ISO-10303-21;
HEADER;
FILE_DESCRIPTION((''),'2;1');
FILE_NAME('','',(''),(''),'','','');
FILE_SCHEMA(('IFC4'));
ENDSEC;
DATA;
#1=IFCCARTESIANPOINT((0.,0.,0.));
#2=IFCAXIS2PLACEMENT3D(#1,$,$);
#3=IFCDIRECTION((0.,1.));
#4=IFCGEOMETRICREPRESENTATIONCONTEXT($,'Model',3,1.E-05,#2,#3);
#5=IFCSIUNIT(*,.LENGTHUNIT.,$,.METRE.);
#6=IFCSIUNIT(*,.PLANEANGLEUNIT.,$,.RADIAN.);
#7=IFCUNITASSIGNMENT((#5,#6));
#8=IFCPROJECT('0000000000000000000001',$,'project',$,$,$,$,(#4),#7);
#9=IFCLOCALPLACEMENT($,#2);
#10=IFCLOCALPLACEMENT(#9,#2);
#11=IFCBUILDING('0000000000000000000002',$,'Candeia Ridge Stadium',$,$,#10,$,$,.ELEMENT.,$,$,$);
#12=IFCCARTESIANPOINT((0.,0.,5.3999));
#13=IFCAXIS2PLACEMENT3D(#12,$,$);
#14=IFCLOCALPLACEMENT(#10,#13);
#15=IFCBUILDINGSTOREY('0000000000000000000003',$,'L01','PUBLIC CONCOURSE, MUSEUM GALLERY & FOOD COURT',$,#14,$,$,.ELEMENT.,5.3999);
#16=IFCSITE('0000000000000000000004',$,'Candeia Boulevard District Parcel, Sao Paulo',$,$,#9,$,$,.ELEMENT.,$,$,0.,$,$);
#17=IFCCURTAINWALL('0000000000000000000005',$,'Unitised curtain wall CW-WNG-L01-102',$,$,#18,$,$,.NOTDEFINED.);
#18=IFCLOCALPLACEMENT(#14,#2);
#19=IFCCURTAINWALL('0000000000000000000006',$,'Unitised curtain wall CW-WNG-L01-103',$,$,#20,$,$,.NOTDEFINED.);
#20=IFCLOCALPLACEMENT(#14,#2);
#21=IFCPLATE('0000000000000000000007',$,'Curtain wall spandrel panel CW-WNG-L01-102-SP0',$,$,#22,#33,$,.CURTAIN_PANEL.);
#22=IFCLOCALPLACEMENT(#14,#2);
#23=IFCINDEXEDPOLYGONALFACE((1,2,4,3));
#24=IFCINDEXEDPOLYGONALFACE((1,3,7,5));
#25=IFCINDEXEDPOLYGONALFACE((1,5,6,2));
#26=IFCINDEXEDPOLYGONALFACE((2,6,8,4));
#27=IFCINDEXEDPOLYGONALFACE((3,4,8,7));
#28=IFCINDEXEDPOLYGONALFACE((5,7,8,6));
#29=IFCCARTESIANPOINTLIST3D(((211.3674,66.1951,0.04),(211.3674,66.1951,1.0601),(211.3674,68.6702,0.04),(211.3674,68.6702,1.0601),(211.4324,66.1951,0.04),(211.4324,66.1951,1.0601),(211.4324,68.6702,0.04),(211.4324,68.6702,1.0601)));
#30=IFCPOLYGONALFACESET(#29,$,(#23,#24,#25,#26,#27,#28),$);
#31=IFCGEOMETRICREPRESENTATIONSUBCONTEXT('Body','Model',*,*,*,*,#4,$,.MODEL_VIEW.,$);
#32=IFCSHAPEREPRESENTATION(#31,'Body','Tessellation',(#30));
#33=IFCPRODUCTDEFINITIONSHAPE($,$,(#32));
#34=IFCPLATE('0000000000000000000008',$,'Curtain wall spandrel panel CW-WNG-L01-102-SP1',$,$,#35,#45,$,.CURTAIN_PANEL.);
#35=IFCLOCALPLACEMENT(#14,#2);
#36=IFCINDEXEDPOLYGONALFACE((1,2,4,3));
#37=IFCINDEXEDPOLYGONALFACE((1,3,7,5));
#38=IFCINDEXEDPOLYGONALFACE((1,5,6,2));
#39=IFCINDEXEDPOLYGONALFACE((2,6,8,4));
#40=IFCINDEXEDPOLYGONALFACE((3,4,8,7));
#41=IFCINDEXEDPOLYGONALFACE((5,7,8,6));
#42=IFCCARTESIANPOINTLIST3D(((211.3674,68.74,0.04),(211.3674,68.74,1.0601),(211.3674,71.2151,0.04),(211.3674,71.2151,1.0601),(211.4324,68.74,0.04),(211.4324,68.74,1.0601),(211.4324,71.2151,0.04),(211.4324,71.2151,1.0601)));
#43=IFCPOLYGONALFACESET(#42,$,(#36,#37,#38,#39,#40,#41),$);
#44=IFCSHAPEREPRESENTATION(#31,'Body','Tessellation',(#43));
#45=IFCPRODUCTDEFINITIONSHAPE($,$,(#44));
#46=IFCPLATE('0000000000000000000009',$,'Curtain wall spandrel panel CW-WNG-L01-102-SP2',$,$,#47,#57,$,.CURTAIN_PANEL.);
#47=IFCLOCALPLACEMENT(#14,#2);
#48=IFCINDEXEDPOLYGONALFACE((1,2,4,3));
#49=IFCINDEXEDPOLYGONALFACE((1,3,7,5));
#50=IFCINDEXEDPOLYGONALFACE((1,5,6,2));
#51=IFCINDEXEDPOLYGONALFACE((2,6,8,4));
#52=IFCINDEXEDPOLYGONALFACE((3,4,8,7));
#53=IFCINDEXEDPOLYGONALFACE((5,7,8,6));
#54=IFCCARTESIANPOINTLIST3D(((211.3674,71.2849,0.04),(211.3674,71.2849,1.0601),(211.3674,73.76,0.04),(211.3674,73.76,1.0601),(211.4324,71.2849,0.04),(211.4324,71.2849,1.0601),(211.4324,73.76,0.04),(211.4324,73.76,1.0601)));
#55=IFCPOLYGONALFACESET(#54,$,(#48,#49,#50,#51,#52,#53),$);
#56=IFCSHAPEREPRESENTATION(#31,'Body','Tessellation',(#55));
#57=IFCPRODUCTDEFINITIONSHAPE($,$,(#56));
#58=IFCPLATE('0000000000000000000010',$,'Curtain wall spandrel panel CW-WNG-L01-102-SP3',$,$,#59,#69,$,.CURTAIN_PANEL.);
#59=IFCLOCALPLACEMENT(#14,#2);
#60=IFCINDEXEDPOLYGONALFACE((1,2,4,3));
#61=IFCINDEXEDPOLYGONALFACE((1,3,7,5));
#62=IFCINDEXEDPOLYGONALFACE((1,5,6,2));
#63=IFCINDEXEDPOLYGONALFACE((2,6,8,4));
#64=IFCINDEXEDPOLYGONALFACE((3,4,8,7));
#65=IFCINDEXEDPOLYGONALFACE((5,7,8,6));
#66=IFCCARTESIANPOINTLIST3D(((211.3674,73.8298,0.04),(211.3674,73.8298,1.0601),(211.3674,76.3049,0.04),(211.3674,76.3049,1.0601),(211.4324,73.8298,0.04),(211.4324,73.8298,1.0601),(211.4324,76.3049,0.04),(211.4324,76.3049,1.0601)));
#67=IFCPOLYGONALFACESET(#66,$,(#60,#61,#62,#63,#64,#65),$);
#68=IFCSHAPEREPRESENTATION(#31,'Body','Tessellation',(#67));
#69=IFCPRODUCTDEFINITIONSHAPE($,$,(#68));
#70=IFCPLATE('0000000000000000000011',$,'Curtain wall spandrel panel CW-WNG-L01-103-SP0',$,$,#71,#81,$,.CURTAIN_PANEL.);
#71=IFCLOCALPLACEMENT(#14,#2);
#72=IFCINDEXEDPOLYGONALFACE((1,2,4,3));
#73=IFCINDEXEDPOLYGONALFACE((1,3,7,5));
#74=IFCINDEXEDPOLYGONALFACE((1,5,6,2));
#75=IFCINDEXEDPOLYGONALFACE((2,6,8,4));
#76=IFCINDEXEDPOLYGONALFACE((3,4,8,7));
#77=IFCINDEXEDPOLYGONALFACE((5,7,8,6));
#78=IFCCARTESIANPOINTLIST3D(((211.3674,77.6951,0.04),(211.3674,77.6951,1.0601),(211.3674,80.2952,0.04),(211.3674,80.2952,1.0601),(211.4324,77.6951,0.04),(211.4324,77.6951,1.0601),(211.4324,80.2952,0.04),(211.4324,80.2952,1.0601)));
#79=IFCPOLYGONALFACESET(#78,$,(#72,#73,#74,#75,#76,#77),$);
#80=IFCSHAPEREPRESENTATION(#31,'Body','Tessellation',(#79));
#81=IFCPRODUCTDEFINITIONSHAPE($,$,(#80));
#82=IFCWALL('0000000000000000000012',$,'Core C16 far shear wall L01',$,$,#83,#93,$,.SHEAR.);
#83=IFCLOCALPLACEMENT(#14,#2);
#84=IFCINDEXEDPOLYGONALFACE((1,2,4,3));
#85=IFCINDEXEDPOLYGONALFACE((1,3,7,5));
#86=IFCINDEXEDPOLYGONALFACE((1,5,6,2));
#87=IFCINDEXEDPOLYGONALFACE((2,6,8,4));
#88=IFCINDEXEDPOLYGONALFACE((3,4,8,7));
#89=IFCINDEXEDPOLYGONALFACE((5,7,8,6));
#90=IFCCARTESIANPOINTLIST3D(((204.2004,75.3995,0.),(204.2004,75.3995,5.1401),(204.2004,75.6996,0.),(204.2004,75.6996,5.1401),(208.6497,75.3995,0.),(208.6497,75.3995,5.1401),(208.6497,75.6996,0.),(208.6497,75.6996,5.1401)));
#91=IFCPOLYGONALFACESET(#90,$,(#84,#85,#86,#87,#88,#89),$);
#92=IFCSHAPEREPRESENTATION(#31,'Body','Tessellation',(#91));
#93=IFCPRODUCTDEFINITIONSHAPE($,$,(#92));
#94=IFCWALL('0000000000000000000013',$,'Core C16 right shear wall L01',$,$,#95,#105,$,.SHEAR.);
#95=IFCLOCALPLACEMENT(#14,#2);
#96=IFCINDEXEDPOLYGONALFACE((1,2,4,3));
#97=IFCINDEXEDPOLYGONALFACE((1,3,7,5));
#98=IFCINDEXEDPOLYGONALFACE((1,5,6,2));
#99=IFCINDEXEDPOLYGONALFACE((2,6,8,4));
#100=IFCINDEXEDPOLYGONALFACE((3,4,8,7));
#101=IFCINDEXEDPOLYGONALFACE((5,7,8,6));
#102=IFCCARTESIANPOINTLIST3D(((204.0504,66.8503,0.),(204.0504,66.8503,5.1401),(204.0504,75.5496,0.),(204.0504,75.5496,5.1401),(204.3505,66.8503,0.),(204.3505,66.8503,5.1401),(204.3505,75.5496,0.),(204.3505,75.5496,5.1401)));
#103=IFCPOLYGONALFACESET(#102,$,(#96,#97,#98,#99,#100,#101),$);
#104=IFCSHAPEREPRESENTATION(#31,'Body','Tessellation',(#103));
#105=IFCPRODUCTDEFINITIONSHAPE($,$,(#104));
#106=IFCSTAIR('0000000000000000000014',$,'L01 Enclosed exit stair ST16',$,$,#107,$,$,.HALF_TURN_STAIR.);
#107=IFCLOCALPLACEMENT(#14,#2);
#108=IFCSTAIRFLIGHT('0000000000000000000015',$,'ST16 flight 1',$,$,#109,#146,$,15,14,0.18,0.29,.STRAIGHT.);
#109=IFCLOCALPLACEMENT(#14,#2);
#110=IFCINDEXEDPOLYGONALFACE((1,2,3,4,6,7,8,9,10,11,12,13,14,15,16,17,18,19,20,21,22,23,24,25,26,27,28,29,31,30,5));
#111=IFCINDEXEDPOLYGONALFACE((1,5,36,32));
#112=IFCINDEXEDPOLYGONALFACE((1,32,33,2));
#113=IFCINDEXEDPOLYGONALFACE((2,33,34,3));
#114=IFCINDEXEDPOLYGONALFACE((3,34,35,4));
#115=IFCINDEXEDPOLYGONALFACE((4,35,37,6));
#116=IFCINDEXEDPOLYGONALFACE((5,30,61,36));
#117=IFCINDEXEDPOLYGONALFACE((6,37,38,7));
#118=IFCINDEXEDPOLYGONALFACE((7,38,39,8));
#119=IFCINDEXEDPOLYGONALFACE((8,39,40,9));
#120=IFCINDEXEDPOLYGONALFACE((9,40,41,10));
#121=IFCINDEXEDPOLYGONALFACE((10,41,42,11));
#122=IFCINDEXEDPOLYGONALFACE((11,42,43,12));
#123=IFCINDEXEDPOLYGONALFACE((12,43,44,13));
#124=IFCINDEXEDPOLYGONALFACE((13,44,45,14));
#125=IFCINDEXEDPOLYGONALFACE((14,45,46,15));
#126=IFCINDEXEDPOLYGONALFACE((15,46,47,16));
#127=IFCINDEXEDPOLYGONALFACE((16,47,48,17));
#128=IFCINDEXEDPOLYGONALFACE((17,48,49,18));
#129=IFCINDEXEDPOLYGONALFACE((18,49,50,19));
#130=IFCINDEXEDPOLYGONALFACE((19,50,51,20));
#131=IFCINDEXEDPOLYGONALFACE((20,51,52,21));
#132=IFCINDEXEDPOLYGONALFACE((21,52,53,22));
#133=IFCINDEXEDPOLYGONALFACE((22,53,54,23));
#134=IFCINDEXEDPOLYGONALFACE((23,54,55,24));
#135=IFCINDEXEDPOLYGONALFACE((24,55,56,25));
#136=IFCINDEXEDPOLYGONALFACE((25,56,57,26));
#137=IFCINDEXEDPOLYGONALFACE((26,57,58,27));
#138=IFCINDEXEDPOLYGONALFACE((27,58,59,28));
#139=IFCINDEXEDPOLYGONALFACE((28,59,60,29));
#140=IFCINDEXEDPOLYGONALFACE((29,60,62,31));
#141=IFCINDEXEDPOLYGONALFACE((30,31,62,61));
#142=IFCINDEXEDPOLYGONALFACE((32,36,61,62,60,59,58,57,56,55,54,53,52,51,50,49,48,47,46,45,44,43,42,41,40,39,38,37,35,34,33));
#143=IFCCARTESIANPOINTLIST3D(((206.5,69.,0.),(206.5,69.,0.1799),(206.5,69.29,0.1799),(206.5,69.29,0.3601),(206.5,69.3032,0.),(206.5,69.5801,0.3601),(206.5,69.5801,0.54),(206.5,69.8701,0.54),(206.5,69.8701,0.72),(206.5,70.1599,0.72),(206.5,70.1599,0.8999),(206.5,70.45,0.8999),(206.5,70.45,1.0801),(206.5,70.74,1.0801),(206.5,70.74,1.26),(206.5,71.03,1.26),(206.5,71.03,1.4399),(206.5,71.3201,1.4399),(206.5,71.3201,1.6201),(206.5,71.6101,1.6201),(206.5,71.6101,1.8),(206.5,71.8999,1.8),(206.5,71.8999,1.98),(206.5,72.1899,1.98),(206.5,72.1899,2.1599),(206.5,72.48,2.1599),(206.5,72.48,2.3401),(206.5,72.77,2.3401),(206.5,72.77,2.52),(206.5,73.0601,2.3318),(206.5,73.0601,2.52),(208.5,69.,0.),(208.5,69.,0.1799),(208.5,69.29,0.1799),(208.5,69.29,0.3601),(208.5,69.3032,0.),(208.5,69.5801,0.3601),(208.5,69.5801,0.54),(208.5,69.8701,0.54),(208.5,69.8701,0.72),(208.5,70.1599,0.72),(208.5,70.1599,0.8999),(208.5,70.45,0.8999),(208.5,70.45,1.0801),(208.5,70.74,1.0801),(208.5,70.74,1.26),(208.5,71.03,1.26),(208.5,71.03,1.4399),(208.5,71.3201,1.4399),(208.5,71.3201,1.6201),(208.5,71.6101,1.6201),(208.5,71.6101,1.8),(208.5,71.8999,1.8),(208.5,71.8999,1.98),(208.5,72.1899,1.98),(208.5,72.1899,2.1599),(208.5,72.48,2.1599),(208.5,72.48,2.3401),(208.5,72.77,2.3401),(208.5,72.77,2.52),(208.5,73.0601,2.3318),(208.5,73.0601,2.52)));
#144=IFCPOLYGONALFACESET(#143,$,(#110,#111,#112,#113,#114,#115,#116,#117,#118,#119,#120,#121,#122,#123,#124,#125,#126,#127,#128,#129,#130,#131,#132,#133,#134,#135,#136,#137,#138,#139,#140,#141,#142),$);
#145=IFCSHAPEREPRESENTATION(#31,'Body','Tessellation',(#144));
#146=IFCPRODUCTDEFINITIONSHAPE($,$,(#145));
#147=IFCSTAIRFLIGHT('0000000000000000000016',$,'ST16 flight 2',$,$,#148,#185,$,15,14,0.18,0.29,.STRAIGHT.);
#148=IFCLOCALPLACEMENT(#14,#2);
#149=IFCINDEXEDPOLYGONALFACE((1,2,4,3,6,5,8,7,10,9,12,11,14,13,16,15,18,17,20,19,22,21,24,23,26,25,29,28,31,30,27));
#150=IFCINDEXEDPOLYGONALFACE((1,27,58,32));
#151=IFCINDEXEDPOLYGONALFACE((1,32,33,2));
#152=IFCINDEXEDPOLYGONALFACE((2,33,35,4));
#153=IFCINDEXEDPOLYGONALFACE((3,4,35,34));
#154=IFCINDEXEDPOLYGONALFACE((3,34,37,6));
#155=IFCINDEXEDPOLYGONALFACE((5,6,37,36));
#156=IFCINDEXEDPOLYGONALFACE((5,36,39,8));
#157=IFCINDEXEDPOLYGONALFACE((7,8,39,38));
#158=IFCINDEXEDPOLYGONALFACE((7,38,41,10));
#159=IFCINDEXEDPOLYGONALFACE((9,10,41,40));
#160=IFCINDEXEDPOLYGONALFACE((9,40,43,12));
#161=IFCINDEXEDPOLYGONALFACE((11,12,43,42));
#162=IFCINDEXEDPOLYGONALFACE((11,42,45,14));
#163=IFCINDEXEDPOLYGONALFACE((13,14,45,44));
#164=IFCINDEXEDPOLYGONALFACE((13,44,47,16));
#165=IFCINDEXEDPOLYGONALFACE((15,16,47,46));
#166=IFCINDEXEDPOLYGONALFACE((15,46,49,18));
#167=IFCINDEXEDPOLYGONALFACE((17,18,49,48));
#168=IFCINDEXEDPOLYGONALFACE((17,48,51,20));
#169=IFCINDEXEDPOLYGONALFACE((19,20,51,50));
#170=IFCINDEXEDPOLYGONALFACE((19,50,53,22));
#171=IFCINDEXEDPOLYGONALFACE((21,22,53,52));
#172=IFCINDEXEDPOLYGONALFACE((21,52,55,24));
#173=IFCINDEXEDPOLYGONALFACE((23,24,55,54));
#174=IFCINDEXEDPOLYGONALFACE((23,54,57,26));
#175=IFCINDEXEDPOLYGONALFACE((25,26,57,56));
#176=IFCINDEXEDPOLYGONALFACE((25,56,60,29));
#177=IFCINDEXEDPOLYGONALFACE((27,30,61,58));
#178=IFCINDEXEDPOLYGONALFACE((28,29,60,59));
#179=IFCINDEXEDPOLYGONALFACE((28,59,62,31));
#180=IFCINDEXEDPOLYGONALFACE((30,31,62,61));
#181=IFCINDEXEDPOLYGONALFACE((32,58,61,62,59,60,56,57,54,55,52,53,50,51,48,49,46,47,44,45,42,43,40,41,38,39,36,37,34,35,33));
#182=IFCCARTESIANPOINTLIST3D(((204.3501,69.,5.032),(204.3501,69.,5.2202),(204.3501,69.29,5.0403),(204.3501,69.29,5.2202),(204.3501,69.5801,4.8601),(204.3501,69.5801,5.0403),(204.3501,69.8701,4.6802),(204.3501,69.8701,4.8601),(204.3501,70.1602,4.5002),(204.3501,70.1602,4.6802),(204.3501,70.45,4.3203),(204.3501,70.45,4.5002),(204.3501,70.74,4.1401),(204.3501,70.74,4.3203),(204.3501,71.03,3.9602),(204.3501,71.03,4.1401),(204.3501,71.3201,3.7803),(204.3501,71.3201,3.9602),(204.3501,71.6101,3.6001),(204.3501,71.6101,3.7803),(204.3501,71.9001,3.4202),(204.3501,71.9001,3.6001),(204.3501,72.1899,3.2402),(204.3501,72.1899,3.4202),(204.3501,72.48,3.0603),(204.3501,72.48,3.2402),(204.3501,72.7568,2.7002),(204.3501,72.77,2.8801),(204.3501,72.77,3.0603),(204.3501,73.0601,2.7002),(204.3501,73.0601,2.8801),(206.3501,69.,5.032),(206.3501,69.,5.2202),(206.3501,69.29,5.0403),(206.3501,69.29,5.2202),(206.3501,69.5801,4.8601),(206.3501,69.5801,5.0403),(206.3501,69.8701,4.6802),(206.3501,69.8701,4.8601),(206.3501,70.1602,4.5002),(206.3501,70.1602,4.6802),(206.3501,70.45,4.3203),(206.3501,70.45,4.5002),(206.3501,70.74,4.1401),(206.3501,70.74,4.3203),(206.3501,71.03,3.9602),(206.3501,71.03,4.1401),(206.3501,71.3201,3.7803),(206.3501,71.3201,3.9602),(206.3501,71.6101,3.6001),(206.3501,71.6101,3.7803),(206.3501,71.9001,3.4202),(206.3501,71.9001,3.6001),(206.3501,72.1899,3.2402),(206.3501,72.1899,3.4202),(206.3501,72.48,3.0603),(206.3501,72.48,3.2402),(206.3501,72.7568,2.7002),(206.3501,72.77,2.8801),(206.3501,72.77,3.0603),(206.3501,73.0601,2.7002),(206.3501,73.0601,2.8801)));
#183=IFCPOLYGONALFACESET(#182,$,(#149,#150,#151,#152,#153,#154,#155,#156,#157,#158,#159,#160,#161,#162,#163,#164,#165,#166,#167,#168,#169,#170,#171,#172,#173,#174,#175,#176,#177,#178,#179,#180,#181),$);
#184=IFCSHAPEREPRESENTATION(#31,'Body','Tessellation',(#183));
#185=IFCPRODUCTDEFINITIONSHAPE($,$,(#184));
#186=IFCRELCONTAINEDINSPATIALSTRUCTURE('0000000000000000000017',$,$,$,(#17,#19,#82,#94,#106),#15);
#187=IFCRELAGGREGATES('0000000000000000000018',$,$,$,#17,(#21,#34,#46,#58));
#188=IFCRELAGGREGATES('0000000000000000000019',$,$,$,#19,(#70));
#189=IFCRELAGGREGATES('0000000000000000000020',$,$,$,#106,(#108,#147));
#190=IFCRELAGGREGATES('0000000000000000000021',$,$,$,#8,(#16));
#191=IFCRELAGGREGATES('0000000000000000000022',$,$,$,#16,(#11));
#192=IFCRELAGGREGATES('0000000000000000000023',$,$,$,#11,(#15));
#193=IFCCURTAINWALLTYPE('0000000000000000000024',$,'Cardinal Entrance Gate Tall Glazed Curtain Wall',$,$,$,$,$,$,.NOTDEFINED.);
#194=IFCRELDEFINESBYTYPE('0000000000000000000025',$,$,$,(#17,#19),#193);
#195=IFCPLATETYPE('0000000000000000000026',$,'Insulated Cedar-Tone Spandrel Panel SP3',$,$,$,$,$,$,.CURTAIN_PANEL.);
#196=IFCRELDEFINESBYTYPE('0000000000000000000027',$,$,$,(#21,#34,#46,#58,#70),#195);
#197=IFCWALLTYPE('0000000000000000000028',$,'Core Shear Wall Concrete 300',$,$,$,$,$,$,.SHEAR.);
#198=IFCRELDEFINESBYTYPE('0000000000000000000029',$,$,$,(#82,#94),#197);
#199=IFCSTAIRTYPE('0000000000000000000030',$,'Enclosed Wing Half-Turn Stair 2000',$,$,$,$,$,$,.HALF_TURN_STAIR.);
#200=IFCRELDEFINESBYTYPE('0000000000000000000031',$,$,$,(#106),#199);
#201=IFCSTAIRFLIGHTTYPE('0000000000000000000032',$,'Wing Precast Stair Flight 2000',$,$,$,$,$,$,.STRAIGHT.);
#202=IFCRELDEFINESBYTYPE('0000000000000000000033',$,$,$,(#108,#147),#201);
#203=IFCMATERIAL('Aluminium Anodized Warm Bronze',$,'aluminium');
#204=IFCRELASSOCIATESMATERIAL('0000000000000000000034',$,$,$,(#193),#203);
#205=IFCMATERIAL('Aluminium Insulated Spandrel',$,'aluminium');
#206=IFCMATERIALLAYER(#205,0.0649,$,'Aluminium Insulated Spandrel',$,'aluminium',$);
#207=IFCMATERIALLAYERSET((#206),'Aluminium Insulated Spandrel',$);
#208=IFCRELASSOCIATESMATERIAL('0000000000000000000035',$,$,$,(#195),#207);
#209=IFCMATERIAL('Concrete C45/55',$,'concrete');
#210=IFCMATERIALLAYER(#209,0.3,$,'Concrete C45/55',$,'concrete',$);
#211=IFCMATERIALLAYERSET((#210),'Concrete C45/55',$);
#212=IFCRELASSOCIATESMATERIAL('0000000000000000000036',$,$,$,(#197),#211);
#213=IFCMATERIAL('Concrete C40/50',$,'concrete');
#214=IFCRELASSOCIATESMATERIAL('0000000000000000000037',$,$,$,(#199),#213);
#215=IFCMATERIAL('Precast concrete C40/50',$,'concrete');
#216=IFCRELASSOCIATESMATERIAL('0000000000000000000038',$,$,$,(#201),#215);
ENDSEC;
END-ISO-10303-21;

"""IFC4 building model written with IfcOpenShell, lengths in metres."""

from ifc_helpers import new_model, si_unit, direction, frame, frame_2d, origin, origin_2d, place, context, subcontext, project, spatial, polyline, rectangle, outline, extrude, material, layer, layer_set, type_object, element, aggregate, save


model = new_model("IFC4")

# Units and contexts
model_context = context("Model", 3, precision=1e-05, world=origin(), true_north=direction((0.0, 1.0)))
body_context = subcontext(model_context, "Body", "Model", "MODEL_VIEW")
ifc_project = project(units=[si_unit("LENGTHUNIT", "METRE"), si_unit("PLANEANGLEUNIT", "RADIAN")], contexts=[model_context])

# Site, building, storey
site_placement = place(None, origin())
site = spatial("IfcSite", under=ifc_project, at=site_placement, Name="Candeia Boulevard District Parcel, Sao Paulo", CompositionType="ELEMENT", RefElevation=0.0)
building_placement = place(site_placement, origin())
building = spatial("IfcBuilding", under=site, at=building_placement, Name="Candeia Ridge Stadium", CompositionType="ELEMENT")
storey_placement = place(building_placement, frame((0.0, 0.0, 5.3999)))
storey = spatial("IfcBuildingStorey", under=building, at=storey_placement, Name="L01", Description="PUBLIC CONCOURSE, MUSEUM GALLERY & FOOD COURT", CompositionType="ELEMENT", Elevation=5.3999)

# Shared definitions
ifc_material_1 = material(Name="Concrete C45/55", Category="concrete")

# Curtain walls
ifc_material_2 = material(Name="Aluminium Anodized Warm Bronze", Category="aluminium")
curtain_wall_type = type_object("IfcCurtainWallType", Name="Cardinal Entrance Gate Tall Glazed Curtain Wall", PredefinedType="NOTDEFINED", material=ifc_material_2)
curtain_wall_1_placement = place(storey_placement, origin())
curtain_wall_1 = element("IfcCurtainWall", 1, at=curtain_wall_1_placement, inside=storey, type_object=curtain_wall_type, Name="Unitised curtain wall CW-WNG-L01-102", PredefinedType="NOTDEFINED")
curtain_wall_2_placement = place(storey_placement, origin())
curtain_wall_2 = element("IfcCurtainWall", 2, at=curtain_wall_2_placement, inside=storey, type_object=curtain_wall_type, Name="Unitised curtain wall CW-WNG-L01-103", PredefinedType="NOTDEFINED")

# Shared definitions
ifc_material_3 = material(Name="Concrete C40/50", Category="concrete")

# Plates
ifc_material_4 = material(Name="Aluminium Insulated Spandrel", Category="aluminium")
ifc_layer_1 = layer(ifc_material_4, 0.0649, Name="Aluminium Insulated Spandrel", Category="aluminium")
ifc_layer_set_1 = layer_set([ifc_layer_1], Name="Aluminium Insulated Spandrel")
plate_type_1 = type_object("IfcPlateType", Name="Insulated Cedar-Tone Spandrel Panel SP3", PredefinedType="CURTAIN_PANEL", material=ifc_layer_set_1)
plate_1_placement = place(storey_placement, frame((211.3999, 67.4326, 0.04), z_axis=(0.0, 0.0, 1.0), x_axis=(0.0, 1.0, 0.0)))
plate_1 = element("IfcPlate", 3, at=plate_1_placement, type_object=plate_type_1, Name="Curtain wall spandrel panel CW-WNG-L01-102-SP0", PredefinedType="CURTAIN_PANEL", context=body_context, shape_type="SweptSolid", body=[
    extrude(rectangle(XDim=2.4751, YDim=0.0649, at=origin_2d()), origin(), (0.0, 0.0, 1.0), 1.02),
])
plate_2_placement = place(storey_placement, frame((211.3999, 69.9775, 0.04), z_axis=(0.0, 0.0, 1.0), x_axis=(0.0, 1.0, 0.0)))
plate_2 = element("IfcPlate", 4, at=plate_2_placement, type_object=plate_type_1, Name="Curtain wall spandrel panel CW-WNG-L01-102-SP1", PredefinedType="CURTAIN_PANEL", context=body_context, shape_type="SweptSolid", body=[
    extrude(rectangle(XDim=2.4751, YDim=0.0649, at=origin_2d()), origin(), (0.0, 0.0, 1.0), 1.02),
])
plate_3_placement = place(storey_placement, frame((211.3999, 72.5225, 0.04), z_axis=(0.0, 0.0, 1.0), x_axis=(0.0, 1.0, 0.0)))
plate_3 = element("IfcPlate", 5, at=plate_3_placement, type_object=plate_type_1, Name="Curtain wall spandrel panel CW-WNG-L01-102-SP2", PredefinedType="CURTAIN_PANEL", context=body_context, shape_type="SweptSolid", body=[
    extrude(rectangle(XDim=2.4751, YDim=0.0649, at=origin_2d()), origin(), (0.0, 0.0, 1.0), 1.02),
])
plate_4_placement = place(storey_placement, frame((211.3999, 75.0674, 0.04), z_axis=(0.0, 0.0, 1.0), x_axis=(0.0, 1.0, 0.0)))
plate_4 = element("IfcPlate", 6, at=plate_4_placement, type_object=plate_type_1, Name="Curtain wall spandrel panel CW-WNG-L01-102-SP3", PredefinedType="CURTAIN_PANEL", context=body_context, shape_type="SweptSolid", body=[
    extrude(rectangle(XDim=2.4751, YDim=0.0649, at=origin_2d()), origin(), (0.0, 0.0, 1.0), 1.02),
])
aggregate(curtain_wall_1, [plate_1, plate_2, plate_3, plate_4])
plate_5_placement = place(storey_placement, frame((211.3999, 78.9951, 0.04), z_axis=(0.0, 0.0, 1.0), x_axis=(0.0, 1.0, 0.0)))
plate_5 = element("IfcPlate", 7, at=plate_5_placement, type_object=plate_type_1, Name="Curtain wall spandrel panel CW-WNG-L01-103-SP0", PredefinedType="CURTAIN_PANEL", context=body_context, shape_type="SweptSolid", body=[
    extrude(rectangle(XDim=2.6001, YDim=0.0649, at=origin_2d()), origin(), (0.0, 0.0, 1.0), 1.02),
])
aggregate(curtain_wall_2, [plate_5])

# Walls
ifc_layer_2 = layer(ifc_material_1, 0.3, Name="Concrete C45/55", Category="concrete")
ifc_layer_set_2 = layer_set([ifc_layer_2], Name="Concrete C45/55")
wall_type = type_object("IfcWallType", Name="Core Shear Wall Concrete 300", PredefinedType="SHEAR", material=ifc_layer_set_2)
wall_1_placement = place(storey_placement, frame((208.6497, 75.5496, 0.0), z_axis=(0.0, 0.0, 1.0), x_axis=(-1.0, 0.0, 0.0)))
element("IfcWall", 8, at=wall_1_placement, inside=storey, type_object=wall_type, Name="Core C16 far shear wall L01", PredefinedType="SHEAR", context=body_context, shape_type="SweptSolid", body=[
    extrude(rectangle(XDim=4.4492, YDim=0.3, at=frame_2d((2.2246, 0.0))), origin(), (0.0, 0.0, 1.0), 5.1401),
])
wall_2_placement = place(storey_placement, frame((204.2004, 75.5496, 0.0), z_axis=(0.0, 0.0, 1.0), x_axis=(0.0, -1.0, 0.0)))
element("IfcWall", 9, at=wall_2_placement, inside=storey, type_object=wall_type, Name="Core C16 right shear wall L01", PredefinedType="SHEAR", context=body_context, shape_type="SweptSolid", body=[
    extrude(rectangle(XDim=8.6992, YDim=0.3, at=frame_2d((4.3496, 0.0))), origin(), (0.0, 0.0, 1.0), 5.1401),
])

# Stair, stair flights
stair_type = type_object("IfcStairType", Name="Enclosed Wing Half-Turn Stair 2000", PredefinedType="HALF_TURN_STAIR", material=ifc_material_3)
stair_placement = place(storey_placement, origin())
stair = element("IfcStair", 10, at=stair_placement, inside=storey, type_object=stair_type, Name="L01 Enclosed exit stair ST16", PredefinedType="HALF_TURN_STAIR")
ifc_material_5 = material(Name="Precast concrete C40/50", Category="concrete")
stair_flight_type = type_object("IfcStairFlightType", Name="Wing Precast Stair Flight 2000", PredefinedType="STRAIGHT", material=ifc_material_5)
stair_flight_1_placement = place(storey_placement, frame((207.5, 69.0, 0.0), z_axis=(0.0, 0.0, 1.0), x_axis=(0.0, 1.0, 0.0)))
stair_flight_1 = element("IfcStairFlight", 11, at=stair_flight_1_placement, type_object=stair_flight_type, Name="ST16 flight 1", NumberOfRisers=15, NumberOfTreads=14, PredefinedType="STRAIGHT", RiserHeight=0.18, TreadLength=0.29, context=body_context, shape_type="SweptSolid", body=[
    extrude(outline(polyline([(0.0, 0.0), (0.0, 0.1799), (0.29, 0.1799), (0.29, 0.3601), (0.5801, 0.3601), (0.5801, 0.54), (0.8701, 0.54), (0.8701, 0.72), (1.1599, 0.72), (1.1599, 0.8999), (1.45, 0.8999), (1.45, 1.0801), (1.74, 1.0801), (1.74, 1.26), (2.03, 1.26), (2.03, 1.4399), (2.3201, 1.4399), (2.3201, 1.6201), (2.6101, 1.6201), (2.6101, 1.8), (2.8999, 1.8), (2.8999, 1.98), (3.1899, 1.98), (3.1899, 2.1599), (3.48, 2.1599), (3.48, 2.3401), (3.77, 2.3401), (3.77, 2.52), (4.0601, 2.52), (4.0601, 2.7), (4.0601, 2.3318), (0.3032, 0.0), (0.0, 0.0)])), frame((0.0, 1.0, 0.0), z_axis=(0.0, -1.0, 0.0), x_axis=(1.0, 0.0, 0.0)), (0.0, 0.0, 1.0), 2.0),
])
stair_flight_2_placement = place(storey_placement, frame((205.3501, 73.0601, 2.7002), z_axis=(0.0, 0.0, 1.0), x_axis=(0.0, -1.0, 0.0)))
stair_flight_2 = element("IfcStairFlight", 12, at=stair_flight_2_placement, type_object=stair_flight_type, Name="ST16 flight 2", NumberOfRisers=15, NumberOfTreads=14, PredefinedType="STRAIGHT", RiserHeight=0.18, TreadLength=0.29, context=body_context, shape_type="SweptSolid", body=[
    extrude(outline(polyline([(0.0, 0.0), (0.0, 0.1799), (0.29, 0.1799), (0.29, 0.3601), (0.5801, 0.3601), (0.5801, 0.54), (0.8701, 0.54), (0.8701, 0.72), (1.1599, 0.72), (1.1599, 0.8999), (1.45, 0.8999), (1.45, 1.0801), (1.74, 1.0801), (1.74, 1.26), (2.03, 1.26), (2.03, 1.4399), (2.3201, 1.4399), (2.3201, 1.6201), (2.6101, 1.6201), (2.6101, 1.8), (2.8999, 1.8), (2.8999, 1.98), (3.1899, 1.98), (3.1899, 2.1599), (3.48, 2.1599), (3.48, 2.3401), (3.77, 2.3401), (3.77, 2.52), (4.0601, 2.52), (4.0601, 2.7), (4.0601, 2.3318), (0.3032, 0.0), (0.0, 0.0)])), frame((0.0, 1.0, 0.0), z_axis=(0.0, -1.0, 0.0), x_axis=(1.0, 0.0, 0.0)), (0.0, 0.0, 1.0), 2.0),
])
aggregate(stair, [stair_flight_1, stair_flight_2])

save(model, "model.ifc")
